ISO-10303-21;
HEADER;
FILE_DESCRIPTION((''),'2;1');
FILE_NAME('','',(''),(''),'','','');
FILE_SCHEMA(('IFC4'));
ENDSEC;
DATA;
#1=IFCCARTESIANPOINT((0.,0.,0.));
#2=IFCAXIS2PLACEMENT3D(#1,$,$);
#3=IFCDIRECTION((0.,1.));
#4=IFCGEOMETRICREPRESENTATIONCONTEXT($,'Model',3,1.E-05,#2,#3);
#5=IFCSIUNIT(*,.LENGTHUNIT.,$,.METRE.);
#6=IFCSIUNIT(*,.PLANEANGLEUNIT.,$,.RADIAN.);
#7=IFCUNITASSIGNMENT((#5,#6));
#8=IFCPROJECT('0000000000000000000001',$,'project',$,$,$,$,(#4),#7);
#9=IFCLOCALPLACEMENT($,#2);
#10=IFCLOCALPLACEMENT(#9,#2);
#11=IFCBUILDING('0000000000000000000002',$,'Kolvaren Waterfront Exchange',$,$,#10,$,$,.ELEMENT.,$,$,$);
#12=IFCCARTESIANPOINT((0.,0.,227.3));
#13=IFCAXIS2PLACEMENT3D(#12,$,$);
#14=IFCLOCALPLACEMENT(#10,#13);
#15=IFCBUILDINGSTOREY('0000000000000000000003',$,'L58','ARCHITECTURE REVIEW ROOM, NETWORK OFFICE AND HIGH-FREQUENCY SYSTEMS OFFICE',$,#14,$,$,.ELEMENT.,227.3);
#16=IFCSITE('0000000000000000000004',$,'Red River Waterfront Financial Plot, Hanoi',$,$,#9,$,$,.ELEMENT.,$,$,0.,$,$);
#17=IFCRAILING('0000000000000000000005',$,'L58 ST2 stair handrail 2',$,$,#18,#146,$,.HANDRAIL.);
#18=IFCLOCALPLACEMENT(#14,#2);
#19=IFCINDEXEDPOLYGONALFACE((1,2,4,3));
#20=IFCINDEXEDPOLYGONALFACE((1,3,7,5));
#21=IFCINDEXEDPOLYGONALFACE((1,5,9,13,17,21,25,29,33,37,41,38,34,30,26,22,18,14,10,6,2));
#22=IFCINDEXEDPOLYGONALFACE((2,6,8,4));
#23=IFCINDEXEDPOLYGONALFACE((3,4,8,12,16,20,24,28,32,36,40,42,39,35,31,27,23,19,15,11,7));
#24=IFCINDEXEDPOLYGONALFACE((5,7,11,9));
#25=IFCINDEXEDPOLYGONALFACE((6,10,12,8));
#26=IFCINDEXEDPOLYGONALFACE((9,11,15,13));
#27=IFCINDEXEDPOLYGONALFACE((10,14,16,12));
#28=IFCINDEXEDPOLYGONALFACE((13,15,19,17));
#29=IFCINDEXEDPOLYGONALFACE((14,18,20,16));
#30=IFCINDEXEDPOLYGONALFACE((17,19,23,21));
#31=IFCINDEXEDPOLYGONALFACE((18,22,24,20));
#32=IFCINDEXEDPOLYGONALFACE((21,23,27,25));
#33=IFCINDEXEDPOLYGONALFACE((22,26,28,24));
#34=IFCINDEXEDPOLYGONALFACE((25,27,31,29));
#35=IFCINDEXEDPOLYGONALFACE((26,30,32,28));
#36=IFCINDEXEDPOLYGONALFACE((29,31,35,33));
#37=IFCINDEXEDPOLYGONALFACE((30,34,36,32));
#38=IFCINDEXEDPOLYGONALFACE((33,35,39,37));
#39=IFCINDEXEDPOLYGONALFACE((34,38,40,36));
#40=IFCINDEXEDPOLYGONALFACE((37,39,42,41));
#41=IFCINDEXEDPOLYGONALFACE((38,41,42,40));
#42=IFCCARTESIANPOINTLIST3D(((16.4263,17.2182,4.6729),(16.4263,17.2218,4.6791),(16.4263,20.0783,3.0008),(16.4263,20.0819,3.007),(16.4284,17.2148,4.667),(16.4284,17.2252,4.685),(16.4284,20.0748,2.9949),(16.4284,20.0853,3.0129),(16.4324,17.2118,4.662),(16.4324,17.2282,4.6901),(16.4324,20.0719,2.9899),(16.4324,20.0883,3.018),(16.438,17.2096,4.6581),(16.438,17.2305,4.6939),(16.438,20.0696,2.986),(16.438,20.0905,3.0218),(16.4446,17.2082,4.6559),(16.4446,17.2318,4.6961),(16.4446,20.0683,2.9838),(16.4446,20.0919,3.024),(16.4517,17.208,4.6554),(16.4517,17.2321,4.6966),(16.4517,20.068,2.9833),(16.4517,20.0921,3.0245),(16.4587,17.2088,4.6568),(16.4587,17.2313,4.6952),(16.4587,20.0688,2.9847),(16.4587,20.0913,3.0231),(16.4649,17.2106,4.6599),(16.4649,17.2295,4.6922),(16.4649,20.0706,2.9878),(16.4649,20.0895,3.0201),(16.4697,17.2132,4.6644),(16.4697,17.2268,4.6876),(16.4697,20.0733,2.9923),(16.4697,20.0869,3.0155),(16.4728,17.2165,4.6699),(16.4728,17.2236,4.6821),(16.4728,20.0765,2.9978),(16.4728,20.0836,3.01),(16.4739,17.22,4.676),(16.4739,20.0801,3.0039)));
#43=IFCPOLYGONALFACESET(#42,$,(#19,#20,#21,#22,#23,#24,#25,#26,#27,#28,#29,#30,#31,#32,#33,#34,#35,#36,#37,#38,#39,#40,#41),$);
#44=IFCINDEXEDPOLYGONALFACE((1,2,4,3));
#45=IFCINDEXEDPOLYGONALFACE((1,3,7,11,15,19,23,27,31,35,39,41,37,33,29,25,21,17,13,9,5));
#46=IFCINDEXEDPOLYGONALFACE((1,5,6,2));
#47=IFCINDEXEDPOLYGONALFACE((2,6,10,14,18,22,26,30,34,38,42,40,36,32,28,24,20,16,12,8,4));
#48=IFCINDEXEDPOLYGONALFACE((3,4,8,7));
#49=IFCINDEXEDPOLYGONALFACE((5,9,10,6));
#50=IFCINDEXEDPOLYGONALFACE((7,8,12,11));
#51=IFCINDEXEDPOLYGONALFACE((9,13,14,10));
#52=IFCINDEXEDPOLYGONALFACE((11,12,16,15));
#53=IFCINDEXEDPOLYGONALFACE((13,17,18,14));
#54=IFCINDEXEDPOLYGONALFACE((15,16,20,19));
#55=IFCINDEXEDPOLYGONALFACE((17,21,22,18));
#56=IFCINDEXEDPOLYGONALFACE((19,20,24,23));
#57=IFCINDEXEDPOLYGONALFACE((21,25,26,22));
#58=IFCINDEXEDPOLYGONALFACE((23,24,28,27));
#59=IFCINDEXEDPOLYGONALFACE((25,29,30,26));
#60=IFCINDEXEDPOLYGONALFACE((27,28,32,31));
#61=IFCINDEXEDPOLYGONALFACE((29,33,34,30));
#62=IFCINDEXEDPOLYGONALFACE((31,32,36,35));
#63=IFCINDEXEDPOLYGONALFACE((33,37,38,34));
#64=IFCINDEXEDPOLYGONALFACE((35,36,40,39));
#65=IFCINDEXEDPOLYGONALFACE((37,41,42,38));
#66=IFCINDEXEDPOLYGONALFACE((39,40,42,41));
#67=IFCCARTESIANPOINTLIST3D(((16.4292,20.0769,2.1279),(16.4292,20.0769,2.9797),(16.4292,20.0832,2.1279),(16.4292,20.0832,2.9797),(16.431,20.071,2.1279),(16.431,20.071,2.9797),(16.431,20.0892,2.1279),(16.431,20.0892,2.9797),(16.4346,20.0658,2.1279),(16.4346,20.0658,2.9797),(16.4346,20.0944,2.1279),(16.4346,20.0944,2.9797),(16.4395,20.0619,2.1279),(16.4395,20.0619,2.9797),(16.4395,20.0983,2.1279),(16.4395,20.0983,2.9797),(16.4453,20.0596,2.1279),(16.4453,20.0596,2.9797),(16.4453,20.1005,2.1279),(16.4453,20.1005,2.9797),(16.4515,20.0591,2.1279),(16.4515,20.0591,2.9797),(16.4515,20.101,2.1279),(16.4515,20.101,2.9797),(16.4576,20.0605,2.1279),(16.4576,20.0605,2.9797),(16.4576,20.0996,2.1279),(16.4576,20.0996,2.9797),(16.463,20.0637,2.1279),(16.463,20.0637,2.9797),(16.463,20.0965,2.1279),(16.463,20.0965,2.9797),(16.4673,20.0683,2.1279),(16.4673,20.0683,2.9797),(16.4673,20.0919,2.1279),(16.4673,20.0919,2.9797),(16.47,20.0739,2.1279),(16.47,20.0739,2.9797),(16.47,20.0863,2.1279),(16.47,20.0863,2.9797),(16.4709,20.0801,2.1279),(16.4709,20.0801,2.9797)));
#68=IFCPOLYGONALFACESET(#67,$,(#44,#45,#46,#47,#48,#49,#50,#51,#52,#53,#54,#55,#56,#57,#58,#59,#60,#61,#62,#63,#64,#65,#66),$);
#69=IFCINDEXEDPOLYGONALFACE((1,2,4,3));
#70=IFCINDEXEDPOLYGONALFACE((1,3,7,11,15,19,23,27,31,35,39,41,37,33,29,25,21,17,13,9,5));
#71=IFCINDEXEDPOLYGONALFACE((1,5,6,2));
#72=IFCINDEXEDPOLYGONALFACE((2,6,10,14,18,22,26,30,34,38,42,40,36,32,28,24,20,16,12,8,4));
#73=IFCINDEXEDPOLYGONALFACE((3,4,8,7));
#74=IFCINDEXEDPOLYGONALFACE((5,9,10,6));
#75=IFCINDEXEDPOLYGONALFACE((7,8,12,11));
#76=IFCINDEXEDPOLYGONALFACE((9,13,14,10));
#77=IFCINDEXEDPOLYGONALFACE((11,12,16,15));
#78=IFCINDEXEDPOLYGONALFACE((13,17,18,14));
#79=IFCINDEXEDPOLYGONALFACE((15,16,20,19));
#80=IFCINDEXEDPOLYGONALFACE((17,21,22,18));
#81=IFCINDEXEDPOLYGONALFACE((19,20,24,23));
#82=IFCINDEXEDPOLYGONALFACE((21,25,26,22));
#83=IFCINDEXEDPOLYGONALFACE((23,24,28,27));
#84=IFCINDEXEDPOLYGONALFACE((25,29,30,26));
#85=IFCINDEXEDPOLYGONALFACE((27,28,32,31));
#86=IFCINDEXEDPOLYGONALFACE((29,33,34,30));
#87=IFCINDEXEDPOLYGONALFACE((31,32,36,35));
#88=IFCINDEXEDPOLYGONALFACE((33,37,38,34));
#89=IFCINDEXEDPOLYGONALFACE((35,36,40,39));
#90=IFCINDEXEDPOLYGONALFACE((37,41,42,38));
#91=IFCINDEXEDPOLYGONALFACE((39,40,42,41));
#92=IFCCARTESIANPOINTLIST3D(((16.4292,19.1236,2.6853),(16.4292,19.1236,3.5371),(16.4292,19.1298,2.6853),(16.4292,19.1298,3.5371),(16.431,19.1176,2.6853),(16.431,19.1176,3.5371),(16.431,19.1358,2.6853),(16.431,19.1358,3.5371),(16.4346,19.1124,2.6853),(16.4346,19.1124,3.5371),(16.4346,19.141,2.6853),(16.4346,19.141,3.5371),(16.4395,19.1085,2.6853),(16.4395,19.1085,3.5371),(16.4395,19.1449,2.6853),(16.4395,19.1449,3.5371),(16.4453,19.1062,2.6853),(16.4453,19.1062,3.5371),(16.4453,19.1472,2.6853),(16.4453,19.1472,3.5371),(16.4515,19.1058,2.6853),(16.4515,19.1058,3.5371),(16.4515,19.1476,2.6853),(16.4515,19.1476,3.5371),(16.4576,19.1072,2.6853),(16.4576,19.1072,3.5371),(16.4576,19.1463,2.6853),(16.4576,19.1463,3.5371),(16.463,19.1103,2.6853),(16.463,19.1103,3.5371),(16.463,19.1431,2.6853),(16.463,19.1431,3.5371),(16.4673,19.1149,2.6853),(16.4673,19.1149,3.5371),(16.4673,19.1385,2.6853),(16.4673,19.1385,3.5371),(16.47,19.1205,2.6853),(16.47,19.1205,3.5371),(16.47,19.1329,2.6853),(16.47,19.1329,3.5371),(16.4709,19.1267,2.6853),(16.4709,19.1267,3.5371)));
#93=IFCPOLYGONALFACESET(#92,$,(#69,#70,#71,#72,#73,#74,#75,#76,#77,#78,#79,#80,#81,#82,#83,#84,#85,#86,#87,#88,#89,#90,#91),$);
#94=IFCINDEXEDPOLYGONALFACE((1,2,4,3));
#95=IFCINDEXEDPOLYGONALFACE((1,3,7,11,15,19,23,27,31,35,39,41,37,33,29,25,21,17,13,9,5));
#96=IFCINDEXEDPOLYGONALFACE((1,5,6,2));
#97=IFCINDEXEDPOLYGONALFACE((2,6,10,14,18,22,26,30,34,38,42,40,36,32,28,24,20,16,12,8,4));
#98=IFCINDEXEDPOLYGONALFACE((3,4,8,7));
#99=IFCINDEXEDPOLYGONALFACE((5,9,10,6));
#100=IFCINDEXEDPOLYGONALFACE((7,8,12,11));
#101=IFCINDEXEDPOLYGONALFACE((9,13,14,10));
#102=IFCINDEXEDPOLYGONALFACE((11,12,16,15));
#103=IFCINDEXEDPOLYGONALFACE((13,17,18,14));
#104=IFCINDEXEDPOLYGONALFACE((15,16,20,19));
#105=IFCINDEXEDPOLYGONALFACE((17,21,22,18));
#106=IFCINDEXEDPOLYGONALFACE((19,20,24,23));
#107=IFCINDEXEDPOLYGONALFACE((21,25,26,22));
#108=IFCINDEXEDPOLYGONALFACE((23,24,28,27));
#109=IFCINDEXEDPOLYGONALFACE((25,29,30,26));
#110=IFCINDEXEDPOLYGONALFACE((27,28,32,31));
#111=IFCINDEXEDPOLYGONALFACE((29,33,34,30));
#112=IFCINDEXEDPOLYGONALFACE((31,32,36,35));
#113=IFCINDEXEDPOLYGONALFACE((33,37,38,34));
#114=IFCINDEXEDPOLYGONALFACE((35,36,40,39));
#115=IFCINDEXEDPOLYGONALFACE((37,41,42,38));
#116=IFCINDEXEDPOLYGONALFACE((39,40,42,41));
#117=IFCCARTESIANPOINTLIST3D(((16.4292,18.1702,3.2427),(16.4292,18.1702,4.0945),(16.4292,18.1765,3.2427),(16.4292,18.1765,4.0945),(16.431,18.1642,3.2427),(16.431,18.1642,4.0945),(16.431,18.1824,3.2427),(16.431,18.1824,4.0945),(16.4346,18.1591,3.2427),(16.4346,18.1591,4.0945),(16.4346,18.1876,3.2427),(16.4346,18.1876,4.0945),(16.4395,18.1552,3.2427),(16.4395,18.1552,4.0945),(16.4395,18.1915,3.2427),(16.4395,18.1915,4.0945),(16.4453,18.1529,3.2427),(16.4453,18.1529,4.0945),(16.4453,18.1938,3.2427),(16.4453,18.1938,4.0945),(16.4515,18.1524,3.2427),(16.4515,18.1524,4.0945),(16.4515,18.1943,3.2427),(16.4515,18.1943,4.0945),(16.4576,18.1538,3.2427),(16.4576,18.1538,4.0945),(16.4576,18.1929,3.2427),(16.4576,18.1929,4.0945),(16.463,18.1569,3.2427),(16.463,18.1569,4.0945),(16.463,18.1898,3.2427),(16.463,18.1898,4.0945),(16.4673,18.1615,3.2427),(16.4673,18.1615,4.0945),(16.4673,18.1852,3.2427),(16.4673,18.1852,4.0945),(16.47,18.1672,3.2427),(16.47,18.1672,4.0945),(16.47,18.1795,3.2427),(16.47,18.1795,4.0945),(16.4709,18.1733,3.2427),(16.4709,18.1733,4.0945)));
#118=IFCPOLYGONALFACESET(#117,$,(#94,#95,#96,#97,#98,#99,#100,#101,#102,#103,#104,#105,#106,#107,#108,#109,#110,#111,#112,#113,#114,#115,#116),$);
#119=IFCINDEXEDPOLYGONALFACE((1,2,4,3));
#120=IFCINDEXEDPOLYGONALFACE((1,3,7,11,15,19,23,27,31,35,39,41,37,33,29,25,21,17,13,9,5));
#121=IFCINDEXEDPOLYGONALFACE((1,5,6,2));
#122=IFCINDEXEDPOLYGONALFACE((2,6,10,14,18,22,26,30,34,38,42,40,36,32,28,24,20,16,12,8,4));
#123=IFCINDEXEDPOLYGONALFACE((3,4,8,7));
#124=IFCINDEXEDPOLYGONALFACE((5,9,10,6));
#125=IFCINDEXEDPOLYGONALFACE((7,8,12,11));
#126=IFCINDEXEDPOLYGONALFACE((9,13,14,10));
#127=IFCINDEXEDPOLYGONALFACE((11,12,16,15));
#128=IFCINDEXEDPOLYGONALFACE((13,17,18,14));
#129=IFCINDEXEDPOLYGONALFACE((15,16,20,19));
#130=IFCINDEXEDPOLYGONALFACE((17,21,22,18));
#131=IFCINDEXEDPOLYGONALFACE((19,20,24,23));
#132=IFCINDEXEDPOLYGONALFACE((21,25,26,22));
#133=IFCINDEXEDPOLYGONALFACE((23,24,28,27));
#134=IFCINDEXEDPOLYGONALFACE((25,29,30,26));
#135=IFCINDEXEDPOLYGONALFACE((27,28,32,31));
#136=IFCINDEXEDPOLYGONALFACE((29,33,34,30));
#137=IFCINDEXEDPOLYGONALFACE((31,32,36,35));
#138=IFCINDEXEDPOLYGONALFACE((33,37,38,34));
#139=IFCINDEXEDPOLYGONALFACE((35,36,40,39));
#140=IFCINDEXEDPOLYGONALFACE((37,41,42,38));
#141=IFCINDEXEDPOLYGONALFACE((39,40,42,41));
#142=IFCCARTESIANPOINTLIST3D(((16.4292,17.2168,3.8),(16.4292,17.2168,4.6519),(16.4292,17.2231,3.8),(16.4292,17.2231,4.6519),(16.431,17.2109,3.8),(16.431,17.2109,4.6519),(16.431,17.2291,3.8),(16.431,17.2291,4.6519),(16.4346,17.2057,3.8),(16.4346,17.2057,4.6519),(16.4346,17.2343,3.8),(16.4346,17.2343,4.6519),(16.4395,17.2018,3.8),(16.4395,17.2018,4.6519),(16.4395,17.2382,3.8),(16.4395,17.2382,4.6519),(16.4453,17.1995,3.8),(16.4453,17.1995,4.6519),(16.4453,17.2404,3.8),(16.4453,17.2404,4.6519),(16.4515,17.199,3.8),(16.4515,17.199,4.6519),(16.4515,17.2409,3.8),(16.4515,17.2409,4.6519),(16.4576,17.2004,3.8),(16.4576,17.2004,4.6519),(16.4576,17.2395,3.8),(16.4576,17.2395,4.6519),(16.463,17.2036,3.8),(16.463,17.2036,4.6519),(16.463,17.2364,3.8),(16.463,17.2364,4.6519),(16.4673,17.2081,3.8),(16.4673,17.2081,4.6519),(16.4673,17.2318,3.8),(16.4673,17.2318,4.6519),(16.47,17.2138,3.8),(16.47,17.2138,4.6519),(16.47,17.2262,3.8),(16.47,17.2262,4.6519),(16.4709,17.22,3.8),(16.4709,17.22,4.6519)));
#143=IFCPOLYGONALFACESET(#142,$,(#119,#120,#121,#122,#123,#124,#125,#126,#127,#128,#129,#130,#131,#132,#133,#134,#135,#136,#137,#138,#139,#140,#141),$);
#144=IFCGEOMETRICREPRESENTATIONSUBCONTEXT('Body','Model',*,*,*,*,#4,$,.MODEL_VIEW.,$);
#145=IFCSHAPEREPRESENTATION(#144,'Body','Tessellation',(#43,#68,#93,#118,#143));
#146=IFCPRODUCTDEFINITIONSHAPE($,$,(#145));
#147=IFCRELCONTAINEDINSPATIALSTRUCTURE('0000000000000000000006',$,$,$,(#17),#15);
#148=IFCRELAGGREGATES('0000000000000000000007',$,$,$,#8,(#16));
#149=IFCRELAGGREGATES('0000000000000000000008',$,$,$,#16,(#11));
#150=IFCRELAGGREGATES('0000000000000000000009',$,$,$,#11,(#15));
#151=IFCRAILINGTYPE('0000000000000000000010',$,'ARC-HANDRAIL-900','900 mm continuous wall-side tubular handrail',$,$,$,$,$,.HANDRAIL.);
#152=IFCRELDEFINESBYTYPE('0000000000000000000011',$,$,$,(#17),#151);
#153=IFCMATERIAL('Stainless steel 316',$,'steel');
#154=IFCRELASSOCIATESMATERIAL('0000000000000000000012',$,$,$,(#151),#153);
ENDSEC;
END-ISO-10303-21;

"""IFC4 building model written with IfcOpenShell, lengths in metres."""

from ifc_helpers import new_model, si_unit, direction, frame, origin, origin_2d, place, context, subcontext, project, spatial, circle, extrude, material, type_object, element, save


model = new_model("IFC4")

# Units and contexts
model_context = context("Model", 3, precision=1e-05, world=origin(), true_north=direction((0.0, 1.0)))
body_context = subcontext(model_context, "Body", "Model", "MODEL_VIEW")
ifc_project = project(units=[si_unit("LENGTHUNIT", "METRE"), si_unit("PLANEANGLEUNIT", "RADIAN")], contexts=[model_context])

# Site, building, storey
site_placement = place(None, origin())
site = spatial("IfcSite", under=ifc_project, at=site_placement, Name="Red River Waterfront Financial Plot, Hanoi", CompositionType="ELEMENT", RefElevation=0.0)
building_placement = place(site_placement, origin())
building = spatial("IfcBuilding", under=site, at=building_placement, Name="Kolvaren Waterfront Exchange", CompositionType="ELEMENT")
storey_placement = place(building_placement, frame((0.0, 0.0, 227.3)))
storey = spatial("IfcBuildingStorey", under=building, at=storey_placement, Name="L58", Description="ARCHITECTURE REVIEW ROOM, NETWORK OFFICE AND HIGH-FREQUENCY SYSTEMS OFFICE", CompositionType="ELEMENT", Elevation=227.3)

# Railing
ifc_material_1 = material(Name="Stainless steel 316", Category="steel")
railing_type_1 = type_object("IfcRailingType", Name="ARC-HANDRAIL-900", Description="900 mm continuous wall-side tubular handrail", PredefinedType="HANDRAIL", material=ifc_material_1)
railing_1_placement = place(storey_placement, frame((16.45, 20.0801, 2.1279)))
element("IfcRailing", 1, at=railing_1_placement, inside=storey, type_object=railing_type_1, Name="L58 ST2 stair handrail 2", PredefinedType="HANDRAIL", context=body_context, shape_type="SweptSolid", body=[
    extrude(circle(Radius=0.0239, at=origin_2d()), frame((0.0, 0.0, 0.876), z_axis=(0.0, -0.863289, 0.504709), x_axis=(1.0, 0.0, 0.0)), (0.0, 0.0, 1.0), 3.313),
    extrude(circle(Radius=0.021, at=origin_2d()), origin(), (0.0, 0.0, 1.0), 0.8518),
    extrude(circle(Radius=0.021, at=origin_2d()), frame((0.0, -0.9534, 0.5574)), (0.0, 0.0, 1.0), 0.8518),
    extrude(circle(Radius=0.021, at=origin_2d()), frame((0.0, -1.9067, 1.1147)), (0.0, 0.0, 1.0), 0.8518),
    extrude(circle(Radius=0.021, at=origin_2d()), frame((0.0, -2.8601, 1.6721)), (0.0, 0.0, 1.0), 0.8518),
])

save(model, "model.ifc")
